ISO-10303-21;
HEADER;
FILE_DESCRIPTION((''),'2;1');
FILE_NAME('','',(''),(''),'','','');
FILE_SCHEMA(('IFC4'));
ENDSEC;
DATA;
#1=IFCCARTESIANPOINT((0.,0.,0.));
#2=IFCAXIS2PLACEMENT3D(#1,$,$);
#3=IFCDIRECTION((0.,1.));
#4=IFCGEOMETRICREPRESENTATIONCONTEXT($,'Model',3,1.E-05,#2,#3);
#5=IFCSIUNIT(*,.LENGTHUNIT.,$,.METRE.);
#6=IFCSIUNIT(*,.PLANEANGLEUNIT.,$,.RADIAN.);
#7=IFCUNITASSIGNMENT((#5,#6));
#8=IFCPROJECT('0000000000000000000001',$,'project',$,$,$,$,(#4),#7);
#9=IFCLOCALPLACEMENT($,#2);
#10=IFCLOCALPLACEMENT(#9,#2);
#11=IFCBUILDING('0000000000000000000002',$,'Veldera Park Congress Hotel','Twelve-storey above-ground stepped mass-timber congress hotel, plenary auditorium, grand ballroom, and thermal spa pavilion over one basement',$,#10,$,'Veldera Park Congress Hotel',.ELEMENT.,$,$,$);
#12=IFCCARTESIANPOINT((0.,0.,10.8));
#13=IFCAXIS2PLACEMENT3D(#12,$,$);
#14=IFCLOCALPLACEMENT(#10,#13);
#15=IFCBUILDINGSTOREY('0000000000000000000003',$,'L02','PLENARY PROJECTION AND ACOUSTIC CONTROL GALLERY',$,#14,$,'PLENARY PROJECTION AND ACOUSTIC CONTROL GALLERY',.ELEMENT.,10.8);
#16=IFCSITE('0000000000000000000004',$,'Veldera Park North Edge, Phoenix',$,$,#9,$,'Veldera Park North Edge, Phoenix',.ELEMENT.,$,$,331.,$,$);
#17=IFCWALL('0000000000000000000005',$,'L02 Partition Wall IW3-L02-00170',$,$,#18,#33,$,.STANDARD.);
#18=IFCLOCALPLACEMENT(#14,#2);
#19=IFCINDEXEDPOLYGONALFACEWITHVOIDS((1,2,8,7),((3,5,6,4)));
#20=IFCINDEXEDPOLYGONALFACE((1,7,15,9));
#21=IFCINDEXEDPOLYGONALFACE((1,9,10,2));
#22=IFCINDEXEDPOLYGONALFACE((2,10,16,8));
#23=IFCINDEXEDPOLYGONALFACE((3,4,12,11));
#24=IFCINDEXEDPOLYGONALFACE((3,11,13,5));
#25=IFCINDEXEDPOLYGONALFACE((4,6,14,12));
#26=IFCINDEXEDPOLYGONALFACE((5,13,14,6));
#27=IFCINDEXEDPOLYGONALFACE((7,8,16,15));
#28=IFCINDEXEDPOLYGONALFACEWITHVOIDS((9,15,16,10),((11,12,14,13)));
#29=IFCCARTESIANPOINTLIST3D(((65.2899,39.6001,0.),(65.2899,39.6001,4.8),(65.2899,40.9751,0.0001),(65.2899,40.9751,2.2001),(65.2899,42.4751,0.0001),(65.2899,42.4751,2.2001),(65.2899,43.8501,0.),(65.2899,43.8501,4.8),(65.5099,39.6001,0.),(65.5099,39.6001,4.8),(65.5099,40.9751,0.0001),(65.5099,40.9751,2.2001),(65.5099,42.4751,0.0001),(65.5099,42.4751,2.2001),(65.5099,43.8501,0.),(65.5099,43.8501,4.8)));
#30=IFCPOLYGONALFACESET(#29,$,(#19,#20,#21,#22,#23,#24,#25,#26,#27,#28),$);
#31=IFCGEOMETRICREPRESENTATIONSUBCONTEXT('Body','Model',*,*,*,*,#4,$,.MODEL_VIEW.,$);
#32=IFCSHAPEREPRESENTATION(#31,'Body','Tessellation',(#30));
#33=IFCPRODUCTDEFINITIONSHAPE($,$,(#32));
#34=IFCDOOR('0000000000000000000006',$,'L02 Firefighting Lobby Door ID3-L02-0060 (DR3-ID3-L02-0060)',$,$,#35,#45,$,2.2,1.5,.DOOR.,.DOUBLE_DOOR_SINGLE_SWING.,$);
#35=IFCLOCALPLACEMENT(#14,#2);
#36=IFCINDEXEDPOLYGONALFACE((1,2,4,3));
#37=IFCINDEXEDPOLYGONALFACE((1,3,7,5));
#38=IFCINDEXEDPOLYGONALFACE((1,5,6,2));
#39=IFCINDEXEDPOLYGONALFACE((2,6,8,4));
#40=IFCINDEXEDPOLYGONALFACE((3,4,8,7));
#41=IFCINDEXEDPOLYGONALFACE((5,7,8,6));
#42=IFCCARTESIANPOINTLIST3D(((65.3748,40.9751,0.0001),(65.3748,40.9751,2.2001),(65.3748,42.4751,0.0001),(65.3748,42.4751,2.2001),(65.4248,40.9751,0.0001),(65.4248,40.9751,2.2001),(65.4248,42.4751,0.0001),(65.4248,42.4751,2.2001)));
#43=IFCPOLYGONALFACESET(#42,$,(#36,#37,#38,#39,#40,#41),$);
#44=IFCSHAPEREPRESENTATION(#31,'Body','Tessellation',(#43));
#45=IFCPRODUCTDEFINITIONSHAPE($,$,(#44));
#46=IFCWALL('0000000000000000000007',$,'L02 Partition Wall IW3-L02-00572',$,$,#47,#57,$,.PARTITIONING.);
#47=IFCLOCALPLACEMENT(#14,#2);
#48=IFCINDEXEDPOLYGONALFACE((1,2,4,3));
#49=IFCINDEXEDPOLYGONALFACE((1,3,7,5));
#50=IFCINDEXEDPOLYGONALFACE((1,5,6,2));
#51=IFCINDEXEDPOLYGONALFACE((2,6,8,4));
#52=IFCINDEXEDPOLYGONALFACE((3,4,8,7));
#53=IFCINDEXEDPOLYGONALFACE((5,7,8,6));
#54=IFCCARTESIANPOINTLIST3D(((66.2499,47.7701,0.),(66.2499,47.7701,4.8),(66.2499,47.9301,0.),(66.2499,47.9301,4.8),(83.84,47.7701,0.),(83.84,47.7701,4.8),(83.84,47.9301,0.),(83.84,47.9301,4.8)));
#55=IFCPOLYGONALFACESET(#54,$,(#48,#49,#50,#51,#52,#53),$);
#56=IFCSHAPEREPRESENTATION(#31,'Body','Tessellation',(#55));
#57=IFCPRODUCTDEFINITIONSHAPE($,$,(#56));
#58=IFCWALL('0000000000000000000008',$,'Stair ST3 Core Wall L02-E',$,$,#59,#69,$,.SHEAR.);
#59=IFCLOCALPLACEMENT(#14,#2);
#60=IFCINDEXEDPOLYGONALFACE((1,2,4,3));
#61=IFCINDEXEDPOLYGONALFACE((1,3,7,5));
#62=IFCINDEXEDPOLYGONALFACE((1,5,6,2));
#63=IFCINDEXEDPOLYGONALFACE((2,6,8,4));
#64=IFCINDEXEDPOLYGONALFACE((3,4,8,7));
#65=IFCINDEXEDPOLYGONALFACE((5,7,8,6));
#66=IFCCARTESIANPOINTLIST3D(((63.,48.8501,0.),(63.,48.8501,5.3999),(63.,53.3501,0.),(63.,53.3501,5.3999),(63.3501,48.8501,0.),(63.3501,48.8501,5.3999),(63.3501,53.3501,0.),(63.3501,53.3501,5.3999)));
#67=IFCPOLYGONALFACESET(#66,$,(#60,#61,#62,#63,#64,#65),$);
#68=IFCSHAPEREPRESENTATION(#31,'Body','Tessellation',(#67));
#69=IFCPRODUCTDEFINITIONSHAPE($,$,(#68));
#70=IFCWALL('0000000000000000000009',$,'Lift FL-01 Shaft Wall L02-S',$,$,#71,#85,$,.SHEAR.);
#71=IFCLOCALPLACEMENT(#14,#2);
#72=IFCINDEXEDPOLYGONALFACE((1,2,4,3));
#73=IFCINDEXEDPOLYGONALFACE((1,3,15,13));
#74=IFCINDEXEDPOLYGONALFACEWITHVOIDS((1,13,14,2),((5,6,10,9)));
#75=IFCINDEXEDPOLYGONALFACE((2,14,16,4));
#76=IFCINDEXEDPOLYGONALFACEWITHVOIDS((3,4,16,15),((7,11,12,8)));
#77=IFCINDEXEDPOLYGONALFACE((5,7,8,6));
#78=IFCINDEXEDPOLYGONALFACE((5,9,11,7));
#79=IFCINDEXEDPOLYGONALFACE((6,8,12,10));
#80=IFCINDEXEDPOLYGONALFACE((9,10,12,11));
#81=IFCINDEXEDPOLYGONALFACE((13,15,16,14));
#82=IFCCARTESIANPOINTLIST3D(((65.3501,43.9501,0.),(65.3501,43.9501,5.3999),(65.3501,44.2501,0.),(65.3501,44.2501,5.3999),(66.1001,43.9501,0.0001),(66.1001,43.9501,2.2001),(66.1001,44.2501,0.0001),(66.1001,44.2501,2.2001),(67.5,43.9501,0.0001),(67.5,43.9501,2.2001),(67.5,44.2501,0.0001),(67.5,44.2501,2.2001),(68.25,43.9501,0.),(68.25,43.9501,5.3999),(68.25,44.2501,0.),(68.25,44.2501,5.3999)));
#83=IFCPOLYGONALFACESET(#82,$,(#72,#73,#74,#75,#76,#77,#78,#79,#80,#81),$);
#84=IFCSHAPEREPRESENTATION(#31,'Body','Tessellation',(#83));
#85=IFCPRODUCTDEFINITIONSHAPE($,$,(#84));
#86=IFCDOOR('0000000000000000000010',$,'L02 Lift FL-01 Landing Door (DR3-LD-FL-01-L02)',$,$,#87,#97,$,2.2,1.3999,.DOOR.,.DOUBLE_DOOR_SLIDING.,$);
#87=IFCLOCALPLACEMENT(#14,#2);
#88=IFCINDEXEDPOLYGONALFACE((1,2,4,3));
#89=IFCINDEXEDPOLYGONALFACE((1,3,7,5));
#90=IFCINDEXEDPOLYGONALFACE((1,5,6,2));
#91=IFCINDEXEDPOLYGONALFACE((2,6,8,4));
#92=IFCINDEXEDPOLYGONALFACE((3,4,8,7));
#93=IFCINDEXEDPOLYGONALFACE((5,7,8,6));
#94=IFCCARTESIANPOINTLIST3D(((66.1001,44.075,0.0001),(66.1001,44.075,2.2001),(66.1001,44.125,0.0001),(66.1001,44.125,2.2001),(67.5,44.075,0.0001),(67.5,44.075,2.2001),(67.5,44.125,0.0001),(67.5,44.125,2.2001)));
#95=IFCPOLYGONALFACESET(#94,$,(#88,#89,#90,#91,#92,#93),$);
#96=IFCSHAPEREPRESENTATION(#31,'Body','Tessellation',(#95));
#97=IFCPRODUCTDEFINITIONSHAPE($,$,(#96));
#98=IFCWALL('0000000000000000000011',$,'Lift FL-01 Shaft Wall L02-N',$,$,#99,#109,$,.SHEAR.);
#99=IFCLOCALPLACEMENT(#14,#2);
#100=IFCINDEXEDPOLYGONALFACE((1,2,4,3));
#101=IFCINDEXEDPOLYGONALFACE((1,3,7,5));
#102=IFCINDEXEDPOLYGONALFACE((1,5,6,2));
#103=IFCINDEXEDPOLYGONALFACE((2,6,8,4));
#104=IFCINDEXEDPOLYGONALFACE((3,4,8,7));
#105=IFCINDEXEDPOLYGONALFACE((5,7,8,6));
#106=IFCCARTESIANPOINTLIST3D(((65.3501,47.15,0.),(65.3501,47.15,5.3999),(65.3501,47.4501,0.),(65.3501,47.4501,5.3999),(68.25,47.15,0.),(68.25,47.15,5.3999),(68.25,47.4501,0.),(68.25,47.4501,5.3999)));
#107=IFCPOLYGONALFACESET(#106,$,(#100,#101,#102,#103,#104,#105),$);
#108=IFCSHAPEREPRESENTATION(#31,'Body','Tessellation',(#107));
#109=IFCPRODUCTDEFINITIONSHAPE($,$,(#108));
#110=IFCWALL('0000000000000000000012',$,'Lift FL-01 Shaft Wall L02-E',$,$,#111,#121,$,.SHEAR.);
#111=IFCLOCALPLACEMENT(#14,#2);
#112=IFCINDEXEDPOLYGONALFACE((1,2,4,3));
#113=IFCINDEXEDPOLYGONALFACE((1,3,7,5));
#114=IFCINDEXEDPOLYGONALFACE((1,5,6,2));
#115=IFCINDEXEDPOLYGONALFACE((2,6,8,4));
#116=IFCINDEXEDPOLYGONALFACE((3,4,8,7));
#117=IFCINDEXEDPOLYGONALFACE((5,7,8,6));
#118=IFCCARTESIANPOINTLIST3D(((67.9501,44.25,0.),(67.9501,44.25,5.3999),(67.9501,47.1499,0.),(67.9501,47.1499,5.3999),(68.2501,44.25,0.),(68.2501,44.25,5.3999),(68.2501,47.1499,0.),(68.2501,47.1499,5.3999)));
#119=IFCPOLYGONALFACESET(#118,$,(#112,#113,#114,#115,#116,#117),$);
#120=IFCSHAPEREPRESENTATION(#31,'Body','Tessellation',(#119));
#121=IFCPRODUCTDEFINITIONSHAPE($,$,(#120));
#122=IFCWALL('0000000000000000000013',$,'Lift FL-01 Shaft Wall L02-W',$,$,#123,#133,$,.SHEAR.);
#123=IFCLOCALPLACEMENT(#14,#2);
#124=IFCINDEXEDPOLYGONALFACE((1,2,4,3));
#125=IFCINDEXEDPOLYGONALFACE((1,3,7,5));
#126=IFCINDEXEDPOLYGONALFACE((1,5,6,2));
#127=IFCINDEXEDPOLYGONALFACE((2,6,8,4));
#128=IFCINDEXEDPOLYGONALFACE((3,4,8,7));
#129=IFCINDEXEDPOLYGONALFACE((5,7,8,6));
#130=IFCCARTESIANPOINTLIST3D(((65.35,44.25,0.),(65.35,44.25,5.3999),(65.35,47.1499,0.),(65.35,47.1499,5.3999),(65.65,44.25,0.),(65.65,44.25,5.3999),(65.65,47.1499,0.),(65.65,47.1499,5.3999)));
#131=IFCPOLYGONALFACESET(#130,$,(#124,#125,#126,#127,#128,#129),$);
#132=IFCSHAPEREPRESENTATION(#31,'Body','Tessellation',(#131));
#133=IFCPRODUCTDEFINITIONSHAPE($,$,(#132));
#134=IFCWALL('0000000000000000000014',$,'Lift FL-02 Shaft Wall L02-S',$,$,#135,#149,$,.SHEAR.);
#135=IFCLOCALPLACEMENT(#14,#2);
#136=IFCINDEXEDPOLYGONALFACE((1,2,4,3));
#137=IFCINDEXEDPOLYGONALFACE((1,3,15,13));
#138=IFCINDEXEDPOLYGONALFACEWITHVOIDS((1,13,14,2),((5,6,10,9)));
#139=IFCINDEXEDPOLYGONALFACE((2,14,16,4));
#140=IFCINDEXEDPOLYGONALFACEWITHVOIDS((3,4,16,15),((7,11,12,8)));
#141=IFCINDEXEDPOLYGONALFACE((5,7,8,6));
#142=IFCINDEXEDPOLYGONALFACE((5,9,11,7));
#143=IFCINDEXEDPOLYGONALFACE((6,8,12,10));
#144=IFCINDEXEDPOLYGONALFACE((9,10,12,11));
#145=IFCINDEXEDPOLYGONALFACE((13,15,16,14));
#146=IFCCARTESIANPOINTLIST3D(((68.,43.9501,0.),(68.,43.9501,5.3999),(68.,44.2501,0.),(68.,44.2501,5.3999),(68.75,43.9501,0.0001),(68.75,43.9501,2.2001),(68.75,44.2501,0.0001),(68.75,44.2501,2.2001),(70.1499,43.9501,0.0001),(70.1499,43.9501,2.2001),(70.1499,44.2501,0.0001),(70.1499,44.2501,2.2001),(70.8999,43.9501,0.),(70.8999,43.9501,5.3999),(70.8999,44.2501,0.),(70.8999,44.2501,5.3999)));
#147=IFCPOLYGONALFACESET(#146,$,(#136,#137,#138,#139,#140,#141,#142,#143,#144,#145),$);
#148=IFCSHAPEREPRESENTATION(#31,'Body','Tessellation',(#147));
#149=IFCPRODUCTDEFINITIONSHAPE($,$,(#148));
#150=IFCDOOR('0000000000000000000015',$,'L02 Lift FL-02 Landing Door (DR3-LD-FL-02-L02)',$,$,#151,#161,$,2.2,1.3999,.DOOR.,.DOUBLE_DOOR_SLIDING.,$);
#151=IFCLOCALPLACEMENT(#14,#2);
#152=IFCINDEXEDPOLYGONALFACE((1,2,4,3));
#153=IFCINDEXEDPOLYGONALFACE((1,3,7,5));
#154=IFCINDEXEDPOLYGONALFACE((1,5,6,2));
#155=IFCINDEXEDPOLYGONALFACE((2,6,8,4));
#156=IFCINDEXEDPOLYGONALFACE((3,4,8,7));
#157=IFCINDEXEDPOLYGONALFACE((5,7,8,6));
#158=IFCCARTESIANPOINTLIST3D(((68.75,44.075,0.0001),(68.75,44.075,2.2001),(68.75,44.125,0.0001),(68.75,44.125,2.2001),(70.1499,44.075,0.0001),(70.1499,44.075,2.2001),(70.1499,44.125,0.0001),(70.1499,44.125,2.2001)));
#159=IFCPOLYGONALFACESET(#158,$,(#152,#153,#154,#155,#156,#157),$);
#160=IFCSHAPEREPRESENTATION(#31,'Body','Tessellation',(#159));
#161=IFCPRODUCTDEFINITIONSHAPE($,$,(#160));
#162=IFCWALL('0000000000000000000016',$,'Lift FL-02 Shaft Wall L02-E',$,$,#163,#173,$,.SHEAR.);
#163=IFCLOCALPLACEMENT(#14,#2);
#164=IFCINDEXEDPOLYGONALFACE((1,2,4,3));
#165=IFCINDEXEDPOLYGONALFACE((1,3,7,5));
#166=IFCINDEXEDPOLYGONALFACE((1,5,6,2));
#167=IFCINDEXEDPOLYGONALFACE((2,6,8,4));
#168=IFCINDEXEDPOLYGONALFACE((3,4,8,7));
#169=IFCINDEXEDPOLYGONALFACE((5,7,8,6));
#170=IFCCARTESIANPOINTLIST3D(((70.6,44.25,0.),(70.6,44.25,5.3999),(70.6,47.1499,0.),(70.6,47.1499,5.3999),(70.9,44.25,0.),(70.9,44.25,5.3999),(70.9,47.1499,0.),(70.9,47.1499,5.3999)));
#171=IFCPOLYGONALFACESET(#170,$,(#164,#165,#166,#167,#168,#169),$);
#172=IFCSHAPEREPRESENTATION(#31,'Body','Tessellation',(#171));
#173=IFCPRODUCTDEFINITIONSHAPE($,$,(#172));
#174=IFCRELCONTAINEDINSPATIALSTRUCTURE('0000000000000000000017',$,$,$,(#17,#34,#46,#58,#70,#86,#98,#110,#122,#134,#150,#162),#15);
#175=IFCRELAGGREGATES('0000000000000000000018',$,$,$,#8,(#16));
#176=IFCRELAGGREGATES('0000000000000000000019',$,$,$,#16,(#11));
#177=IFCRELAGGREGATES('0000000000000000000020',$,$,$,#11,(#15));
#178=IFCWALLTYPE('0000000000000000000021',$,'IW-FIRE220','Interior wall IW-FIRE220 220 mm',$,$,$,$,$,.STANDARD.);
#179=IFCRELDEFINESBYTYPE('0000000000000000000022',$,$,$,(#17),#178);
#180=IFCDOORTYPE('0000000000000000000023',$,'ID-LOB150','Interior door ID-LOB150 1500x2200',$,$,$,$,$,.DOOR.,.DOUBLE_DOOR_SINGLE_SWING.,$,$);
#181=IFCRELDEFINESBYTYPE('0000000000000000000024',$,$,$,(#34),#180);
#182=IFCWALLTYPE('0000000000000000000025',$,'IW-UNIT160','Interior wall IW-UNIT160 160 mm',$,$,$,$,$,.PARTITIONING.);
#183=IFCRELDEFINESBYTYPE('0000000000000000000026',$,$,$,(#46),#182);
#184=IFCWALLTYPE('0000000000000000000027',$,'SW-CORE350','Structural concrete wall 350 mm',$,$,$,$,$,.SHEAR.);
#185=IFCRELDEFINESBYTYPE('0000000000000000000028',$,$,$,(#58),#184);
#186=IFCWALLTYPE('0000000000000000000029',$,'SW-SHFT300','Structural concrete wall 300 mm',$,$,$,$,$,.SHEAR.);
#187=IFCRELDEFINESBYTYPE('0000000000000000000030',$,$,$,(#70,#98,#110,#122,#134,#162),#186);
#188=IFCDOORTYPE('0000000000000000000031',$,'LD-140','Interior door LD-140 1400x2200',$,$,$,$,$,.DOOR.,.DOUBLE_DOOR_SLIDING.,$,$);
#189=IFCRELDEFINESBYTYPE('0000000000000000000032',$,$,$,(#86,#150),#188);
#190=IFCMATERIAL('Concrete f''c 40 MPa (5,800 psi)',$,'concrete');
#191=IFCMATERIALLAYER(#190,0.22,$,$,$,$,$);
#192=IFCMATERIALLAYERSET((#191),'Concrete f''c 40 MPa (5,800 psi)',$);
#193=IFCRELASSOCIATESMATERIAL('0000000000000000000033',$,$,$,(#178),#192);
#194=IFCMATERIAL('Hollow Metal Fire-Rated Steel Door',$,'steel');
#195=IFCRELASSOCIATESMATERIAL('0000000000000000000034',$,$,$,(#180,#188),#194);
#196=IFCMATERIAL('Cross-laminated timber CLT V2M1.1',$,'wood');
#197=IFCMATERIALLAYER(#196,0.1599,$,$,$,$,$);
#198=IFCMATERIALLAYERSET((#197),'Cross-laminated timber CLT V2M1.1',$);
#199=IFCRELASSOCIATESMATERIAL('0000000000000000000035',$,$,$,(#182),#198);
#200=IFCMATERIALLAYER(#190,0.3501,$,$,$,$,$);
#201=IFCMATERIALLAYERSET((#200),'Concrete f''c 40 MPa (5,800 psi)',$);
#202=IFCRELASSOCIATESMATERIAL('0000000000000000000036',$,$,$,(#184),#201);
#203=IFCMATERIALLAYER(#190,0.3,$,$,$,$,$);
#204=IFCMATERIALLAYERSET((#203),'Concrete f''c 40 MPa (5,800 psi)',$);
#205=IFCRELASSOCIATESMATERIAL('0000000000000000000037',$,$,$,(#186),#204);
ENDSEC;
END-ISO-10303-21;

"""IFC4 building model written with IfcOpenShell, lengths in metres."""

from ifc_helpers import new_model, si_unit, direction, frame, frame_2d, origin, place, context, subcontext, project, spatial, rectangle, extrude, material, layer, layer_set, type_object, element, fill, save


model = new_model("IFC4")

# Units and contexts
model_context = context("Model", 3, precision=1e-05, world=origin(), true_north=direction((0.0, 1.0)))
body_context = subcontext(model_context, "Body", "Model", "MODEL_VIEW")
ifc_project = project(units=[si_unit("LENGTHUNIT", "METRE"), si_unit("PLANEANGLEUNIT", "RADIAN")], contexts=[model_context])

# Site, building, storey
site_placement = place(None, origin())
site = spatial("IfcSite", under=ifc_project, at=site_placement, Name="Veldera Park North Edge, Phoenix", LongName="Veldera Park North Edge, Phoenix", CompositionType="ELEMENT", RefElevation=331.0)
building_placement = place(site_placement, origin())
building = spatial("IfcBuilding", under=site, at=building_placement, Name="Veldera Park Congress Hotel", Description="Twelve-storey above-ground stepped mass-timber congress hotel, plenary auditorium, grand ballroom, and thermal spa pavilion over one basement", LongName="Veldera Park Congress Hotel", CompositionType="ELEMENT")
storey_placement = place(building_placement, frame((0.0, 0.0, 10.8)))
storey = spatial("IfcBuildingStorey", under=building, at=storey_placement, Name="L02", Description="PLENARY PROJECTION AND ACOUSTIC CONTROL GALLERY", LongName="PLENARY PROJECTION AND ACOUSTIC CONTROL GALLERY", CompositionType="ELEMENT", Elevation=10.8)

# Shared definitions
ifc_material_1 = material(Name="Concrete f'c 40 MPa (5,800 psi)", Category="concrete")

# Wall, opening, door
ifc_layer_1 = layer(ifc_material_1, 0.22)
ifc_layer_set_1 = layer_set([ifc_layer_1], Name="Concrete f'c 40 MPa (5,800 psi)")
wall_type_1 = type_object("IfcWallType", Name="IW-FIRE220", Description="Interior wall IW-FIRE220 220 mm", PredefinedType="STANDARD", material=ifc_layer_set_1)
ifc_material_2 = material(Name="Hollow Metal Fire-Rated Steel Door", Category="steel")
door_type_1 = type_object("IfcDoorType", Name="ID-LOB150", Description="Interior door ID-LOB150 1500x2200", OperationType="DOUBLE_DOOR_SINGLE_SWING", PredefinedType="DOOR", material=ifc_material_2)
wall_1_placement = place(storey_placement, frame((65.3999, 43.8501, 0.0), z_axis=(0.0, 0.0, 1.0), x_axis=(0.0, -1.0, 0.0)))
wall_1 = element("IfcWall", 1, at=wall_1_placement, inside=storey, type_object=wall_type_1, Name="L02 Partition Wall IW3-L02-00170", PredefinedType="STANDARD", context=body_context, shape_type="SweptSolid", body=[
    extrude(rectangle(XDim=4.25, YDim=0.22, at=frame_2d((2.125, 0.0))), origin(), (0.0, 0.0, 1.0), 4.8),
])
opening_1_placement = place(wall_1_placement, frame((1.375, 0.0, 0.0)))
opening_1 = element("IfcOpeningElement", 2, at=opening_1_placement, cuts=wall_1, PredefinedType="OPENING", context=body_context, shape_type="SweptSolid", body=[
    extrude(rectangle(XDim=1.5, YDim=2.2, at=frame_2d((0.75, 1.1001))), frame((0.0, 0.1221, 0.0), z_axis=(0.0, -1.0, 0.0), x_axis=(1.0, 0.0, 0.0)), (0.0, 0.0, 1.0), 0.2439),
])
door_1_placement = place(opening_1_placement, origin())
door_1 = element("IfcDoor", 3, at=door_1_placement, inside=storey, type_object=door_type_1, Name="L02 Firefighting Lobby Door ID3-L02-0060 (DR3-ID3-L02-0060)", OperationType="DOUBLE_DOOR_SINGLE_SWING", OverallHeight=2.2, OverallWidth=1.5, PredefinedType="DOOR", context=body_context, shape_type="SweptSolid", body=[
    extrude(rectangle(XDim=1.5, YDim=2.2, at=frame_2d((0.75, 1.1001))), frame((0.0, 0.0249, 0.0), z_axis=(0.0, -1.0, 0.0), x_axis=(1.0, 0.0, 0.0)), (0.0, 0.0, 1.0), 0.05),
])
fill(opening_1, door_1)

# Walls
ifc_material_3 = material(Name="Cross-laminated timber CLT V2M1.1", Category="wood")
ifc_layer_2 = layer(ifc_material_3, 0.1599)
ifc_layer_set_2 = layer_set([ifc_layer_2], Name="Cross-laminated timber CLT V2M1.1")
wall_type_2 = type_object("IfcWallType", Name="IW-UNIT160", Description="Interior wall IW-UNIT160 160 mm", PredefinedType="PARTITIONING", material=ifc_layer_set_2)
wall_2_placement = place(storey_placement, frame((66.25, 47.8501, 0.0), z_axis=(0.0, 0.0, 1.0), x_axis=(1.0, 0.0, 0.0)))
element("IfcWall", 4, at=wall_2_placement, inside=storey, type_object=wall_type_2, Name="L02 Partition Wall IW3-L02-00572", PredefinedType="PARTITIONING", context=body_context, shape_type="SweptSolid", body=[
    extrude(rectangle(XDim=17.5901, YDim=0.1599, at=frame_2d((8.7949, 0.0))), origin(), (0.0, 0.0, 1.0), 4.8),
])
ifc_layer_3 = layer(ifc_material_1, 0.3501)
ifc_layer_set_3 = layer_set([ifc_layer_3], Name="Concrete f'c 40 MPa (5,800 psi)")
wall_type_3 = type_object("IfcWallType", Name="SW-CORE350", Description="Structural concrete wall 350 mm", PredefinedType="SHEAR", material=ifc_layer_set_3)
wall_3_placement = place(storey_placement, frame((63.175, 48.8501, 0.0), z_axis=(0.0, 0.0, 1.0), x_axis=(0.0, 1.0, 0.0)))
element("IfcWall", 5, at=wall_3_placement, inside=storey, type_object=wall_type_3, Name="Stair ST3 Core Wall L02-E", PredefinedType="SHEAR", context=body_context, shape_type="SweptSolid", body=[
    extrude(rectangle(XDim=4.5, YDim=0.3501, at=frame_2d((2.25, 0.0))), origin(), (0.0, 0.0, 1.0), 5.3999),
])

# Wall, opening, door
ifc_layer_4 = layer(ifc_material_1, 0.3)
ifc_layer_set_4 = layer_set([ifc_layer_4], Name="Concrete f'c 40 MPa (5,800 psi)")
wall_type_4 = type_object("IfcWallType", Name="SW-SHFT300", Description="Structural concrete wall 300 mm", PredefinedType="SHEAR", material=ifc_layer_set_4)
wall_4_placement = place(storey_placement, frame((65.3501, 44.1001, 0.0), z_axis=(0.0, 0.0, 1.0), x_axis=(1.0, 0.0, 0.0)))
wall_4 = element("IfcWall", 6, at=wall_4_placement, inside=storey, type_object=wall_type_4, Name="Lift FL-01 Shaft Wall L02-S", PredefinedType="SHEAR", context=body_context, shape_type="SweptSolid", body=[
    extrude(rectangle(XDim=2.8999, YDim=0.3, at=frame_2d((1.45, 0.0))), origin(), (0.0, 0.0, 1.0), 5.3999),
])
opening_2_placement = place(wall_4_placement, frame((0.75, 0.0, 0.0)))
opening_2 = element("IfcOpeningElement", 7, at=opening_2_placement, cuts=wall_4, PredefinedType="OPENING", context=body_context, shape_type="SweptSolid", body=[
    extrude(rectangle(XDim=1.3999, YDim=2.2, at=frame_2d((0.7, 1.1001))), frame((0.0, 0.1621, 0.0), z_axis=(0.0, -1.0, 0.0), x_axis=(1.0, 0.0, 0.0)), (0.0, 0.0, 1.0), 0.324),
])
door_type_2 = type_object("IfcDoorType", Name="LD-140", Description="Interior door LD-140 1400x2200", OperationType="DOUBLE_DOOR_SLIDING", PredefinedType="DOOR", material=ifc_material_2)
door_2_placement = place(opening_2_placement, origin())
door_2 = element("IfcDoor", 8, at=door_2_placement, inside=storey, type_object=door_type_2, Name="L02 Lift FL-01 Landing Door (DR3-LD-FL-01-L02)", OperationType="DOUBLE_DOOR_SLIDING", OverallHeight=2.2, OverallWidth=1.3999, PredefinedType="DOOR", context=body_context, shape_type="SweptSolid", body=[
    extrude(rectangle(XDim=1.3999, YDim=2.2, at=frame_2d((0.7, 1.1001))), frame((0.0, 0.0249, 0.0), z_axis=(0.0, -1.0, 0.0), x_axis=(1.0, 0.0, 0.0)), (0.0, 0.0, 1.0), 0.05),
])
fill(opening_2, door_2)

# Walls
for number, where, z_axis, x_axis, name in (
    (9, (68.25, 47.3, 0.0), (0.0, 0.0, 1.0), (-1.0, 0.0, 0.0), "Lift FL-01 Shaft Wall L02-N"),
    (10, (68.1001, 44.25, 0.0), (0.0, 0.0, 1.0), (0.0, 1.0, 0.0), "Lift FL-01 Shaft Wall L02-E"),
    (11, (65.5, 47.1499, 0.0), (0.0, 0.0, 1.0), (0.0, -1.0, 0.0), "Lift FL-01 Shaft Wall L02-W"),
):
    element("IfcWall", number, at=place(storey_placement, frame(where, z_axis=z_axis, x_axis=x_axis)), inside=storey, type_object=wall_type_4, Name=name, PredefinedType="SHEAR", context=body_context, shape_type="SweptSolid", body=[
        extrude(rectangle(XDim=2.8999, YDim=0.3, at=frame_2d((1.45, 0.0))), origin(), (0.0, 0.0, 1.0), 5.3999),
    ])

# Wall, opening, door
wall_5_placement = place(storey_placement, frame((68.0, 44.1001, 0.0), z_axis=(0.0, 0.0, 1.0), x_axis=(1.0, 0.0, 0.0)))
wall_5 = element("IfcWall", 12, at=wall_5_placement, inside=storey, type_object=wall_type_4, Name="Lift FL-02 Shaft Wall L02-S", PredefinedType="SHEAR", context=body_context, shape_type="SweptSolid", body=[
    extrude(rectangle(XDim=2.8999, YDim=0.3, at=frame_2d((1.45, 0.0))), origin(), (0.0, 0.0, 1.0), 5.3999),
])
opening_3_placement = place(wall_5_placement, frame((0.75, 0.0, 0.0)))
opening_3 = element("IfcOpeningElement", 13, at=opening_3_placement, cuts=wall_5, PredefinedType="OPENING", context=body_context, shape_type="SweptSolid", body=[
    extrude(rectangle(XDim=1.3999, YDim=2.2, at=frame_2d((0.7, 1.1001))), frame((0.0, 0.1621, 0.0), z_axis=(0.0, -1.0, 0.0), x_axis=(1.0, 0.0, 0.0)), (0.0, 0.0, 1.0), 0.324),
])
door_3_placement = place(opening_3_placement, origin())
door_3 = element("IfcDoor", 14, at=door_3_placement, inside=storey, type_object=door_type_2, Name="L02 Lift FL-02 Landing Door (DR3-LD-FL-02-L02)", OperationType="DOUBLE_DOOR_SLIDING", OverallHeight=2.2, OverallWidth=1.3999, PredefinedType="DOOR", context=body_context, shape_type="SweptSolid", body=[
    extrude(rectangle(XDim=1.3999, YDim=2.2, at=frame_2d((0.7, 1.1001))), frame((0.0, 0.0249, 0.0), z_axis=(0.0, -1.0, 0.0), x_axis=(1.0, 0.0, 0.0)), (0.0, 0.0, 1.0), 0.05),
])
fill(opening_3, door_3)

# Wall
wall_6_placement = place(storey_placement, frame((70.75, 44.25, 0.0), z_axis=(0.0, 0.0, 1.0), x_axis=(0.0, 1.0, 0.0)))
element("IfcWall", 15, at=wall_6_placement, inside=storey, type_object=wall_type_4, Name="Lift FL-02 Shaft Wall L02-E", PredefinedType="SHEAR", context=body_context, shape_type="SweptSolid", body=[
    extrude(rectangle(XDim=2.8999, YDim=0.3, at=frame_2d((1.45, 0.0))), origin(), (0.0, 0.0, 1.0), 5.3999),
])

save(model, "model.ifc")
